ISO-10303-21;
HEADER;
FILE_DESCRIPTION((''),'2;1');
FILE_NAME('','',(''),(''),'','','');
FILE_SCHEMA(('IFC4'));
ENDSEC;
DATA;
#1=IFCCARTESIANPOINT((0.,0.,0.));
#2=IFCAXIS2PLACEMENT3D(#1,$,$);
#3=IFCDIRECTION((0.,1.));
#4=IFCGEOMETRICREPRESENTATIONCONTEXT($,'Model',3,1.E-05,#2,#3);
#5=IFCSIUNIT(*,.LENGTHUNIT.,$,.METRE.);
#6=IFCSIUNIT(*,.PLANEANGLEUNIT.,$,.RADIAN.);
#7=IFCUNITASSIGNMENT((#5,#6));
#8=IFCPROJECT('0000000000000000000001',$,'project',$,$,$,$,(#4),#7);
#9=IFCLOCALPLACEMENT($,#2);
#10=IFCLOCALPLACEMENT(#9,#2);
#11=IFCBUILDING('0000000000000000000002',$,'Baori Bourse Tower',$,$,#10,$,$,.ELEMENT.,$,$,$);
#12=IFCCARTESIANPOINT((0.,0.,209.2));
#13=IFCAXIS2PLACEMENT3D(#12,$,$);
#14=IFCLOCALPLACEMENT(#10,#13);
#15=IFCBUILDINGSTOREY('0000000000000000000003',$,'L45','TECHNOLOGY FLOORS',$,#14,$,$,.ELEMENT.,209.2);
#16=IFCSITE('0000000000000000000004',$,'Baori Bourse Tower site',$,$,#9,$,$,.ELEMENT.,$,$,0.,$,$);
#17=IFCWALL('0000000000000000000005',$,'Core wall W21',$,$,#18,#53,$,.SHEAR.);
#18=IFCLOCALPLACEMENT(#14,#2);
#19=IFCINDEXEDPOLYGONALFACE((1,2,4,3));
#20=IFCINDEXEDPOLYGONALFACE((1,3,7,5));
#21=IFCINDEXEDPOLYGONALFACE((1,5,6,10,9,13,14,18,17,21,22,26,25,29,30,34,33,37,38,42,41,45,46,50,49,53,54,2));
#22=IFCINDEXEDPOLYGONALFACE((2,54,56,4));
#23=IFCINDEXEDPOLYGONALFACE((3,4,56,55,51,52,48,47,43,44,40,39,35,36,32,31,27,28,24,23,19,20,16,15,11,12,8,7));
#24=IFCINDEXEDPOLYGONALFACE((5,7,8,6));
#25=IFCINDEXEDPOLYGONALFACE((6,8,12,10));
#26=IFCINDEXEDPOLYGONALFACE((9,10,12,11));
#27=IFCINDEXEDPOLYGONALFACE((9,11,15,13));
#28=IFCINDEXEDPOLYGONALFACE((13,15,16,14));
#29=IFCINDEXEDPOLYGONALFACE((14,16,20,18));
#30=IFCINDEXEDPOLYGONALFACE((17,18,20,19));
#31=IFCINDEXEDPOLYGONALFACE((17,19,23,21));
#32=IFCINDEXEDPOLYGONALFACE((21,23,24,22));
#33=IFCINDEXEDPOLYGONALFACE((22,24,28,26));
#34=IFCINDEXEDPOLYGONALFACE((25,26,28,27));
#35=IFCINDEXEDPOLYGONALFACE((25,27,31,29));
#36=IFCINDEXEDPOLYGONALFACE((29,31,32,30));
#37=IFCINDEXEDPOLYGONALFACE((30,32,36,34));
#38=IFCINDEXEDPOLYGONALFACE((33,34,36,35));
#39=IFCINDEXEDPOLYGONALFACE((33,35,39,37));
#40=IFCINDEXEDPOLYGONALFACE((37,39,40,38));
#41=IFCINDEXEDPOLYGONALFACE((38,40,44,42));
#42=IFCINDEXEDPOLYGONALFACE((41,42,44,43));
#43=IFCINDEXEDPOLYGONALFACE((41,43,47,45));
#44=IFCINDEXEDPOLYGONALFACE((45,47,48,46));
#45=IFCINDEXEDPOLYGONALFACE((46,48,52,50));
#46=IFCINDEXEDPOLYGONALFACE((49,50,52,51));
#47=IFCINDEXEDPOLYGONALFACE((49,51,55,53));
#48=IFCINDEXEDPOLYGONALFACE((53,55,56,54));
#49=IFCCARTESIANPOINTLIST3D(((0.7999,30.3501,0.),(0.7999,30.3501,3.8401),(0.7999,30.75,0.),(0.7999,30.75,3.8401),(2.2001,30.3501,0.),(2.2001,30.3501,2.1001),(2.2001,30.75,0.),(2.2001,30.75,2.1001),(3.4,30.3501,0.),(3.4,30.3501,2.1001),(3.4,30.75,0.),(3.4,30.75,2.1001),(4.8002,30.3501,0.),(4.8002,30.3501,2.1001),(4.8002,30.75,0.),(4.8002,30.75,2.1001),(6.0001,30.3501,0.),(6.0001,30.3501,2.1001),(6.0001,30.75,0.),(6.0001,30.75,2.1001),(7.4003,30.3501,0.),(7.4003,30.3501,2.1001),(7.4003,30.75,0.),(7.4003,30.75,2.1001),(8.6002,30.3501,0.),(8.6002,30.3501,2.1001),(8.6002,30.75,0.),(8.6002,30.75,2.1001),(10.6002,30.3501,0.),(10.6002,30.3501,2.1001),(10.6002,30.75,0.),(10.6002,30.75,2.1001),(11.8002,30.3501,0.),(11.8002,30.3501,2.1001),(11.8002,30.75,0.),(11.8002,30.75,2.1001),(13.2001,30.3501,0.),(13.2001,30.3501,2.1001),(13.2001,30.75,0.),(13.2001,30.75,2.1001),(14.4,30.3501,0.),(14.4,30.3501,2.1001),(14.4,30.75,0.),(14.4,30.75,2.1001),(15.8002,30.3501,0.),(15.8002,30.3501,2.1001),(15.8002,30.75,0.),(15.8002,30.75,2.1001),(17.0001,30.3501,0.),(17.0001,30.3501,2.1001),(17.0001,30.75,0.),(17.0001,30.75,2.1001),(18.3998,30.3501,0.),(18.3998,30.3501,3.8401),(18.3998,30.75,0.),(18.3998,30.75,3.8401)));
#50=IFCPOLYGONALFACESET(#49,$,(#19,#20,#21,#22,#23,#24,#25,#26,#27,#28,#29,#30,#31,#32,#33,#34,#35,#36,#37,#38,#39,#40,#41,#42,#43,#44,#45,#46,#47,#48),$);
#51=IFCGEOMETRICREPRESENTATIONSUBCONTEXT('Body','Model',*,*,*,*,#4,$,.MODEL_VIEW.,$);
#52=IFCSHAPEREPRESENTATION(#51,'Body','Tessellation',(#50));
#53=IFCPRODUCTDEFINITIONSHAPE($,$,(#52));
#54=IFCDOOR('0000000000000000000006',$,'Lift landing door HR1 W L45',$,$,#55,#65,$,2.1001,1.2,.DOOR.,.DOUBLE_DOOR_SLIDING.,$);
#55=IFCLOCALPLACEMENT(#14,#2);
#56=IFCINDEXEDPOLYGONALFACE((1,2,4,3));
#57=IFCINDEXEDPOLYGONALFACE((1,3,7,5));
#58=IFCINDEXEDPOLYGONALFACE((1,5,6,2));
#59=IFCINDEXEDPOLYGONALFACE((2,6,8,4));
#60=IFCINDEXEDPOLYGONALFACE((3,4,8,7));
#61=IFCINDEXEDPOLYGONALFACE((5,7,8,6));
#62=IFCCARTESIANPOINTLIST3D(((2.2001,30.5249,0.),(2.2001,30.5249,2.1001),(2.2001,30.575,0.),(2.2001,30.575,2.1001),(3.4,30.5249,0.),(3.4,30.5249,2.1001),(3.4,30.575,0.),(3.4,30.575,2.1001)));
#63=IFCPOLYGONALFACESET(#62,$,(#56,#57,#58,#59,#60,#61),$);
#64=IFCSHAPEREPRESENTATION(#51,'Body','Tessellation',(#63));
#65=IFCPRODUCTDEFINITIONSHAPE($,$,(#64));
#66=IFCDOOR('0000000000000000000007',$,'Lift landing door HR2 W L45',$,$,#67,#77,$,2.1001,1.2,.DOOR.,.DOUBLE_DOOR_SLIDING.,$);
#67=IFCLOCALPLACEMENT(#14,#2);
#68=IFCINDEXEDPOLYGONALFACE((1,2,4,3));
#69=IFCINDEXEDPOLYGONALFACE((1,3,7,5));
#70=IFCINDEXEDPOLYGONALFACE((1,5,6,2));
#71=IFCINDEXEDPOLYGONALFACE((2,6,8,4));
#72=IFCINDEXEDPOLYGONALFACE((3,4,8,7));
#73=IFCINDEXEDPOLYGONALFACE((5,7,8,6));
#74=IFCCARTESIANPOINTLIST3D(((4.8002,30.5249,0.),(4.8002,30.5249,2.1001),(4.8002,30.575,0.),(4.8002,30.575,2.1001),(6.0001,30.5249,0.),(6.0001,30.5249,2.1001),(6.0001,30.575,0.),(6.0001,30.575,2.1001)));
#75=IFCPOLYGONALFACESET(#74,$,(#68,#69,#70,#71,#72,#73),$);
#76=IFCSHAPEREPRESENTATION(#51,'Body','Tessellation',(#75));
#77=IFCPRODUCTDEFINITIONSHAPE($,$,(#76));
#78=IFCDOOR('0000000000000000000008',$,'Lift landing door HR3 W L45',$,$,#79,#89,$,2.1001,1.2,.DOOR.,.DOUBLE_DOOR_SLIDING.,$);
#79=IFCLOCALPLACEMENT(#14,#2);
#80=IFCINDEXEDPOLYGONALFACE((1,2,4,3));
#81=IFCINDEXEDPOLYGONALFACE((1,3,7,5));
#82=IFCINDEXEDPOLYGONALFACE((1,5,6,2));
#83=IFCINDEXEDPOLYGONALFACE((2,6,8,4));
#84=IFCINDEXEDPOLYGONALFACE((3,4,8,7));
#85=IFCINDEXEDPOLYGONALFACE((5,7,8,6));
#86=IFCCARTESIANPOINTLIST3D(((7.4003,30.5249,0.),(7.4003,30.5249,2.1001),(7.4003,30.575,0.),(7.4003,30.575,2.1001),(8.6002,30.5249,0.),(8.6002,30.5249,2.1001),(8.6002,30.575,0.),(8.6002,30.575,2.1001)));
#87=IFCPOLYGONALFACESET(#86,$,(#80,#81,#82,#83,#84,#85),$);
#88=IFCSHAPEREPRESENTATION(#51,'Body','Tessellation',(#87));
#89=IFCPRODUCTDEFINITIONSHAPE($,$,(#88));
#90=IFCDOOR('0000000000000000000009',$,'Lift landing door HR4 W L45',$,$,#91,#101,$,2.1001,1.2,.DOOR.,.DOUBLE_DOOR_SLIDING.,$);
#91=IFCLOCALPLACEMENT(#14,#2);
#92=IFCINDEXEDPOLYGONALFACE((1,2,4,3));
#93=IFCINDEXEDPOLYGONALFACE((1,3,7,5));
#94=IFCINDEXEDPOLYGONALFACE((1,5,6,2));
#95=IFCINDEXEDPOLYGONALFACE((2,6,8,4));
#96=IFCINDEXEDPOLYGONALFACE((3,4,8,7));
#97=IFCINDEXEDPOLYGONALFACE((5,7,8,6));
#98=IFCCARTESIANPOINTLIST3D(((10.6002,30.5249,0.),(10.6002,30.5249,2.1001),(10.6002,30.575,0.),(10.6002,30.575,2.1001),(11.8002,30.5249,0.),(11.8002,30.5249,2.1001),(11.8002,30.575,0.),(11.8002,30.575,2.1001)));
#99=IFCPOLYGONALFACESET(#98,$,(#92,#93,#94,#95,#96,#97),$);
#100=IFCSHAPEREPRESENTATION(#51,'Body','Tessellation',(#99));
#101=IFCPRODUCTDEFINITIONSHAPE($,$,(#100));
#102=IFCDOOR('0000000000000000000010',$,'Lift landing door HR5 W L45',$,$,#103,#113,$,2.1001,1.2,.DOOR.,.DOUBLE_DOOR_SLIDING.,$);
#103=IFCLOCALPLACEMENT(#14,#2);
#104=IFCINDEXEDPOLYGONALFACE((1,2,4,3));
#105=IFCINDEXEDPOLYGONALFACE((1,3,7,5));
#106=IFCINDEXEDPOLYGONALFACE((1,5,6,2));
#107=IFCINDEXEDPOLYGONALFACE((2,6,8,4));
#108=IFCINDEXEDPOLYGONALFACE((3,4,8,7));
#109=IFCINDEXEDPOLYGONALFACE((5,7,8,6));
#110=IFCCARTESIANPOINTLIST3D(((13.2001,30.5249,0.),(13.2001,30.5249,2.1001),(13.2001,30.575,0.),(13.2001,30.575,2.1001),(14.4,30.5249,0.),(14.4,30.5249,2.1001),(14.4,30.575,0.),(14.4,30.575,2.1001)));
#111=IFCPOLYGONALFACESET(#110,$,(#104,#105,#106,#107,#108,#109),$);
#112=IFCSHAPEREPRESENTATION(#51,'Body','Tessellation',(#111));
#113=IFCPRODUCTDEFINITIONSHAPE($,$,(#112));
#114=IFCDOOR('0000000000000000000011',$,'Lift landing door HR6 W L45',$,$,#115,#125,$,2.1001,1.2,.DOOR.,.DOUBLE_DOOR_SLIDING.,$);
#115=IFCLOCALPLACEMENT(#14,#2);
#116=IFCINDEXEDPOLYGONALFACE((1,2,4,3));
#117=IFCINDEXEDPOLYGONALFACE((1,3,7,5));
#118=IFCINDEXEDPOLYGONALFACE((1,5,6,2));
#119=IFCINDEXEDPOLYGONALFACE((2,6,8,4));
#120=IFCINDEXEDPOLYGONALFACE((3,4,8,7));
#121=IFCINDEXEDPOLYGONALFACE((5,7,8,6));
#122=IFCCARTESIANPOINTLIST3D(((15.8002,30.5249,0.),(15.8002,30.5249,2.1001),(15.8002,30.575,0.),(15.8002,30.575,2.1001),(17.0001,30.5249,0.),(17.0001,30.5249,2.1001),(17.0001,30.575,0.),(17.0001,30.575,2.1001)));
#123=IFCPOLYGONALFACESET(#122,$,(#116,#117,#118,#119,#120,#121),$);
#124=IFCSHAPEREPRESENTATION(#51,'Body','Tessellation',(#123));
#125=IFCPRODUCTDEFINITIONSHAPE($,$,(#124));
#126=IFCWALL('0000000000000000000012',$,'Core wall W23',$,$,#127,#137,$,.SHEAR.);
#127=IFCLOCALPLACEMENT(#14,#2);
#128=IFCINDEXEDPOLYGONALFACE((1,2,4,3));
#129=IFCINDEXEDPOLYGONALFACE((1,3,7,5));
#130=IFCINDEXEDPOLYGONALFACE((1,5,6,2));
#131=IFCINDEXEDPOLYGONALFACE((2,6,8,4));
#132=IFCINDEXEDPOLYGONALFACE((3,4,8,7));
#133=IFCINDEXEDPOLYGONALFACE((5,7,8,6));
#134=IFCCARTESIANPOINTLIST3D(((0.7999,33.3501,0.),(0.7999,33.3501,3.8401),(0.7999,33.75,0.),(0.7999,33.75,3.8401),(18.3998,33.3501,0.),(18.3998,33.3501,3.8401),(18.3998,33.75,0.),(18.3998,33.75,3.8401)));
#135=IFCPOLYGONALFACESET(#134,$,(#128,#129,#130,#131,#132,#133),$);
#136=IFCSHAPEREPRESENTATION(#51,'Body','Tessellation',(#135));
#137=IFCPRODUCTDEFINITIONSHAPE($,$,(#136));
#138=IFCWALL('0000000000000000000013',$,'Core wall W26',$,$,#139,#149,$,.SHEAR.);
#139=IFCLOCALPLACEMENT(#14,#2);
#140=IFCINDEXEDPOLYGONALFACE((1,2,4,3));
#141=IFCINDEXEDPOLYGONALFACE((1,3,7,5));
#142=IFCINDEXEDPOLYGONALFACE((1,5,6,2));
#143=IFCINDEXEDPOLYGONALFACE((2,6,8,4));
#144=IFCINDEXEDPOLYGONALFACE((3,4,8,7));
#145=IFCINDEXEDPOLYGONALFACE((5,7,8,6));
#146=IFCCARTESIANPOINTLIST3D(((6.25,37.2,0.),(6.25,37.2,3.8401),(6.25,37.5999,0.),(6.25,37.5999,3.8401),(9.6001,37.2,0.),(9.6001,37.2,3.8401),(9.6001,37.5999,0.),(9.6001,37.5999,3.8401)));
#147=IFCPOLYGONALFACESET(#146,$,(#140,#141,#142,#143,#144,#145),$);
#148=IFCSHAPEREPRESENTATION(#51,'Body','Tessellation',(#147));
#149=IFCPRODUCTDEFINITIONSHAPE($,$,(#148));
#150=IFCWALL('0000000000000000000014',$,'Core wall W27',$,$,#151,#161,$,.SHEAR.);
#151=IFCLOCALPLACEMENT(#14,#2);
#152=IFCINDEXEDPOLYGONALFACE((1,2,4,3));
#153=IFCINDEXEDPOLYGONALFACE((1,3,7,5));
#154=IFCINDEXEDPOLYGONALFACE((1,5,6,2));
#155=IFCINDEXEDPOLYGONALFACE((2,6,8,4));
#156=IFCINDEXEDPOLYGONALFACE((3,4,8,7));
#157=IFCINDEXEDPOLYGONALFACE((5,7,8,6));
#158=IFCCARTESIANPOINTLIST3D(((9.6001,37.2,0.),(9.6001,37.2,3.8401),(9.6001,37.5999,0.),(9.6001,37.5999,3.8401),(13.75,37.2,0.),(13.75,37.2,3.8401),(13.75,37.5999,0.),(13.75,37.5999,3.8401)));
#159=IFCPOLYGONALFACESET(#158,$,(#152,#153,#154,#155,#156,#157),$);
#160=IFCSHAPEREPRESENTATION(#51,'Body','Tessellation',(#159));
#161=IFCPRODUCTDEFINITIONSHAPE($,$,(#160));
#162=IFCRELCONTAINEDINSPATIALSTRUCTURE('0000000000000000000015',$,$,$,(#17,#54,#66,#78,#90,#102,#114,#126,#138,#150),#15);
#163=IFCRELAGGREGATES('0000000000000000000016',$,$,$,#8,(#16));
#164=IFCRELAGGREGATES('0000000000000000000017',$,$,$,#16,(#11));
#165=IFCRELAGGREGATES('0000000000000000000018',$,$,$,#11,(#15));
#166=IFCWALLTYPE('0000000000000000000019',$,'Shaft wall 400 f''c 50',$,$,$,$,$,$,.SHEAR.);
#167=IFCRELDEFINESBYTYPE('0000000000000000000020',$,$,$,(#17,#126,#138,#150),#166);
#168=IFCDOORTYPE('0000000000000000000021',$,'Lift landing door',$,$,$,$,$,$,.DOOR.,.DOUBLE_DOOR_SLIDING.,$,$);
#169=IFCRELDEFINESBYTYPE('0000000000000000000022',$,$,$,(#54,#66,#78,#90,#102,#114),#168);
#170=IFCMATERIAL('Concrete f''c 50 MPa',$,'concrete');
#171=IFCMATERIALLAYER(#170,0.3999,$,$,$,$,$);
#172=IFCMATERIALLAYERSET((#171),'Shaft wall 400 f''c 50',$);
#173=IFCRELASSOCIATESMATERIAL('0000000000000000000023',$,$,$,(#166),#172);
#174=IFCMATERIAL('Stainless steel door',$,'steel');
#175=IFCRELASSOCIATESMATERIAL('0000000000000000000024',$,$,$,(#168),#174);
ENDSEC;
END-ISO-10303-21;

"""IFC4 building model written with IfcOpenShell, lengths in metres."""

from ifc_helpers import new_model, si_unit, direction, frame, frame_2d, origin, place, context, subcontext, project, spatial, rectangle, extrude, material, layer, layer_set, type_object, element, fill, save


model = new_model("IFC4")

# Units and contexts
model_context = context("Model", 3, precision=1e-05, world=origin(), true_north=direction((0.0, 1.0)))
body_context = subcontext(model_context, "Body", "Model", "MODEL_VIEW")
ifc_project = project(units=[si_unit("LENGTHUNIT", "METRE"), si_unit("PLANEANGLEUNIT", "RADIAN")], contexts=[model_context])

# Site, building, storey
site_placement = place(None, origin())
site = spatial("IfcSite", under=ifc_project, at=site_placement, Name="Baori Bourse Tower site", CompositionType="ELEMENT", RefElevation=0.0)
building_placement = place(site_placement, origin())
building = spatial("IfcBuilding", under=site, at=building_placement, Name="Baori Bourse Tower", CompositionType="ELEMENT")
storey_placement = place(building_placement, frame((0.0, 0.0, 209.2)))
storey = spatial("IfcBuildingStorey", under=building, at=storey_placement, Name="L45", Description="TECHNOLOGY FLOORS", CompositionType="ELEMENT", Elevation=209.2)

# Wall, openings, doors
ifc_material_1 = material(Name="Concrete f'c 50 MPa", Category="concrete")
ifc_layer_1 = layer(ifc_material_1, 0.3999)
ifc_layer_set_1 = layer_set([ifc_layer_1], Name="Shaft wall 400 f'c 50")
wall_type_1 = type_object("IfcWallType", Name="Shaft wall 400 f'c 50", PredefinedType="SHEAR", material=ifc_layer_set_1)
ifc_material_2 = material(Name="Stainless steel door", Category="steel")
door_type_1 = type_object("IfcDoorType", Name="Lift landing door", OperationType="DOUBLE_DOOR_SLIDING", PredefinedType="DOOR", material=ifc_material_2)
wall_1_placement = place(storey_placement, frame((0.8, 30.55, 0.0), z_axis=(0.0, 0.0, 1.0), x_axis=(1.0, 0.0, 0.0)))
wall_1 = element("IfcWall", 1, at=wall_1_placement, inside=storey, type_object=wall_type_1, Name="Core wall W21", PredefinedType="SHEAR", context=body_context, shape_type="SweptSolid", body=[
    extrude(rectangle(XDim=17.5999, YDim=0.3999, at=frame_2d((8.7998, 0.0))), origin(), (0.0, 0.0, 1.0), 3.8401),
])
opening_1_placement = place(wall_1_placement, frame((1.3999, 0.0, 0.0)))
opening_1 = element("IfcOpeningElement", 2, at=opening_1_placement, cuts=wall_1, PredefinedType="OPENING", context=body_context, shape_type="SweptSolid", body=[
    extrude(rectangle(XDim=1.2, YDim=2.1001, at=frame_2d((0.6001, 1.05))), frame((0.0, 0.21, 0.0), z_axis=(0.0, -1.0, 0.0), x_axis=(1.0, 0.0, 0.0)), (0.0, 0.0, 1.0), 0.4199),
])
opening_2_placement = place(wall_1_placement, frame((4.0, 0.0, 0.0)))
opening_2 = element("IfcOpeningElement", 3, at=opening_2_placement, cuts=wall_1, PredefinedType="OPENING", context=body_context, shape_type="SweptSolid", body=[
    extrude(rectangle(XDim=1.2, YDim=2.1001, at=frame_2d((0.6001, 1.05))), frame((0.0, 0.21, 0.0), z_axis=(0.0, -1.0, 0.0), x_axis=(1.0, 0.0, 0.0)), (0.0, 0.0, 1.0), 0.4199),
])
opening_3_placement = place(wall_1_placement, frame((6.6001, 0.0, 0.0)))
opening_3 = element("IfcOpeningElement", 4, at=opening_3_placement, cuts=wall_1, PredefinedType="OPENING", context=body_context, shape_type="SweptSolid", body=[
    extrude(rectangle(XDim=1.2, YDim=2.1001, at=frame_2d((0.6001, 1.05))), frame((0.0, 0.21, 0.0), z_axis=(0.0, -1.0, 0.0), x_axis=(1.0, 0.0, 0.0)), (0.0, 0.0, 1.0), 0.4199),
])
opening_4_placement = place(wall_1_placement, frame((9.8, 0.0, 0.0)))
opening_4 = element("IfcOpeningElement", 5, at=opening_4_placement, cuts=wall_1, PredefinedType="OPENING", context=body_context, shape_type="SweptSolid", body=[
    extrude(rectangle(XDim=1.2, YDim=2.1001, at=frame_2d((0.6001, 1.05))), frame((0.0, 0.21, 0.0), z_axis=(0.0, -1.0, 0.0), x_axis=(1.0, 0.0, 0.0)), (0.0, 0.0, 1.0), 0.4199),
])
opening_5_placement = place(wall_1_placement, frame((12.3999, 0.0, 0.0)))
opening_5 = element("IfcOpeningElement", 6, at=opening_5_placement, cuts=wall_1, PredefinedType="OPENING", context=body_context, shape_type="SweptSolid", body=[
    extrude(rectangle(XDim=1.2, YDim=2.1001, at=frame_2d((0.6001, 1.05))), frame((0.0, 0.21, 0.0), z_axis=(0.0, -1.0, 0.0), x_axis=(1.0, 0.0, 0.0)), (0.0, 0.0, 1.0), 0.4199),
])
opening_6_placement = place(wall_1_placement, frame((15.0, 0.0, 0.0)))
opening_6 = element("IfcOpeningElement", 7, at=opening_6_placement, cuts=wall_1, PredefinedType="OPENING", context=body_context, shape_type="SweptSolid", body=[
    extrude(rectangle(XDim=1.2, YDim=2.1001, at=frame_2d((0.6001, 1.05))), frame((0.0, 0.21, 0.0), z_axis=(0.0, -1.0, 0.0), x_axis=(1.0, 0.0, 0.0)), (0.0, 0.0, 1.0), 0.4199),
])
door_1_placement = place(opening_1_placement, origin())
door_1 = element("IfcDoor", 8, at=door_1_placement, inside=storey, type_object=door_type_1, Name="Lift landing door HR1 W L45", OperationType="DOUBLE_DOOR_SLIDING", OverallHeight=2.1001, OverallWidth=1.2, PredefinedType="DOOR", context=body_context, shape_type="SweptSolid", body=[
    extrude(rectangle(XDim=1.2, YDim=2.1001, at=frame_2d((0.6001, 1.05))), frame((0.0, 0.0249, 0.0), z_axis=(0.0, -1.0, 0.0), x_axis=(1.0, 0.0, 0.0)), (0.0, 0.0, 1.0), 0.05),
])
fill(opening_1, door_1)
door_2_placement = place(opening_2_placement, origin())
door_2 = element("IfcDoor", 9, at=door_2_placement, inside=storey, type_object=door_type_1, Name="Lift landing door HR2 W L45", OperationType="DOUBLE_DOOR_SLIDING", OverallHeight=2.1001, OverallWidth=1.2, PredefinedType="DOOR", context=body_context, shape_type="SweptSolid", body=[
    extrude(rectangle(XDim=1.2, YDim=2.1001, at=frame_2d((0.6001, 1.05))), frame((0.0, 0.0249, 0.0), z_axis=(0.0, -1.0, 0.0), x_axis=(1.0, 0.0, 0.0)), (0.0, 0.0, 1.0), 0.05),
])
fill(opening_2, door_2)
door_3_placement = place(opening_3_placement, origin())
door_3 = element("IfcDoor", 10, at=door_3_placement, inside=storey, type_object=door_type_1, Name="Lift landing door HR3 W L45", OperationType="DOUBLE_DOOR_SLIDING", OverallHeight=2.1001, OverallWidth=1.2, PredefinedType="DOOR", context=body_context, shape_type="SweptSolid", body=[
    extrude(rectangle(XDim=1.2, YDim=2.1001, at=frame_2d((0.6001, 1.05))), frame((0.0, 0.0249, 0.0), z_axis=(0.0, -1.0, 0.0), x_axis=(1.0, 0.0, 0.0)), (0.0, 0.0, 1.0), 0.05),
])
fill(opening_3, door_3)
door_4_placement = place(opening_4_placement, origin())
door_4 = element("IfcDoor", 11, at=door_4_placement, inside=storey, type_object=door_type_1, Name="Lift landing door HR4 W L45", OperationType="DOUBLE_DOOR_SLIDING", OverallHeight=2.1001, OverallWidth=1.2, PredefinedType="DOOR", context=body_context, shape_type="SweptSolid", body=[
    extrude(rectangle(XDim=1.2, YDim=2.1001, at=frame_2d((0.6001, 1.05))), frame((0.0, 0.0249, 0.0), z_axis=(0.0, -1.0, 0.0), x_axis=(1.0, 0.0, 0.0)), (0.0, 0.0, 1.0), 0.05),
])
fill(opening_4, door_4)
door_5_placement = place(opening_5_placement, origin())
door_5 = element("IfcDoor", 12, at=door_5_placement, inside=storey, type_object=door_type_1, Name="Lift landing door HR5 W L45", OperationType="DOUBLE_DOOR_SLIDING", OverallHeight=2.1001, OverallWidth=1.2, PredefinedType="DOOR", context=body_context, shape_type="SweptSolid", body=[
    extrude(rectangle(XDim=1.2, YDim=2.1001, at=frame_2d((0.6001, 1.05))), frame((0.0, 0.0249, 0.0), z_axis=(0.0, -1.0, 0.0), x_axis=(1.0, 0.0, 0.0)), (0.0, 0.0, 1.0), 0.05),
])
fill(opening_5, door_5)
door_6_placement = place(opening_6_placement, origin())
door_6 = element("IfcDoor", 13, at=door_6_placement, inside=storey, type_object=door_type_1, Name="Lift landing door HR6 W L45", OperationType="DOUBLE_DOOR_SLIDING", OverallHeight=2.1001, OverallWidth=1.2, PredefinedType="DOOR", context=body_context, shape_type="SweptSolid", body=[
    extrude(rectangle(XDim=1.2, YDim=2.1001, at=frame_2d((0.6001, 1.05))), frame((0.0, 0.0249, 0.0), z_axis=(0.0, -1.0, 0.0), x_axis=(1.0, 0.0, 0.0)), (0.0, 0.0, 1.0), 0.05),
])
fill(opening_6, door_6)

# Walls
wall_2_placement = place(storey_placement, frame((0.8, 33.55, 0.0), z_axis=(0.0, 0.0, 1.0), x_axis=(1.0, 0.0, 0.0)))
element("IfcWall", 14, at=wall_2_placement, inside=storey, type_object=wall_type_1, Name="Core wall W23", PredefinedType="SHEAR", context=body_context, shape_type="SweptSolid", body=[
    extrude(rectangle(XDim=17.5999, YDim=0.3999, at=frame_2d((8.7998, 0.0))), origin(), (0.0, 0.0, 1.0), 3.8401),
])
wall_3_placement = place(storey_placement, frame((6.25, 37.3999, 0.0), z_axis=(0.0, 0.0, 1.0), x_axis=(1.0, 0.0, 0.0)))
element("IfcWall", 15, at=wall_3_placement, inside=storey, type_object=wall_type_1, Name="Core wall W26", PredefinedType="SHEAR", context=body_context, shape_type="SweptSolid", body=[
    extrude(rectangle(XDim=3.3501, YDim=0.3999, at=frame_2d((1.675, 0.0))), origin(), (0.0, 0.0, 1.0), 3.8401),
])
wall_4_placement = place(storey_placement, frame((9.6001, 37.3999, 0.0), z_axis=(0.0, 0.0, 1.0), x_axis=(1.0, 0.0, 0.0)))
element("IfcWall", 16, at=wall_4_placement, inside=storey, type_object=wall_type_1, Name="Core wall W27", PredefinedType="SHEAR", context=body_context, shape_type="SweptSolid", body=[
    extrude(rectangle(XDim=4.1499, YDim=0.3999, at=frame_2d((2.075, 0.0))), origin(), (0.0, 0.0, 1.0), 3.8401),
])

save(model, "model.ifc")
